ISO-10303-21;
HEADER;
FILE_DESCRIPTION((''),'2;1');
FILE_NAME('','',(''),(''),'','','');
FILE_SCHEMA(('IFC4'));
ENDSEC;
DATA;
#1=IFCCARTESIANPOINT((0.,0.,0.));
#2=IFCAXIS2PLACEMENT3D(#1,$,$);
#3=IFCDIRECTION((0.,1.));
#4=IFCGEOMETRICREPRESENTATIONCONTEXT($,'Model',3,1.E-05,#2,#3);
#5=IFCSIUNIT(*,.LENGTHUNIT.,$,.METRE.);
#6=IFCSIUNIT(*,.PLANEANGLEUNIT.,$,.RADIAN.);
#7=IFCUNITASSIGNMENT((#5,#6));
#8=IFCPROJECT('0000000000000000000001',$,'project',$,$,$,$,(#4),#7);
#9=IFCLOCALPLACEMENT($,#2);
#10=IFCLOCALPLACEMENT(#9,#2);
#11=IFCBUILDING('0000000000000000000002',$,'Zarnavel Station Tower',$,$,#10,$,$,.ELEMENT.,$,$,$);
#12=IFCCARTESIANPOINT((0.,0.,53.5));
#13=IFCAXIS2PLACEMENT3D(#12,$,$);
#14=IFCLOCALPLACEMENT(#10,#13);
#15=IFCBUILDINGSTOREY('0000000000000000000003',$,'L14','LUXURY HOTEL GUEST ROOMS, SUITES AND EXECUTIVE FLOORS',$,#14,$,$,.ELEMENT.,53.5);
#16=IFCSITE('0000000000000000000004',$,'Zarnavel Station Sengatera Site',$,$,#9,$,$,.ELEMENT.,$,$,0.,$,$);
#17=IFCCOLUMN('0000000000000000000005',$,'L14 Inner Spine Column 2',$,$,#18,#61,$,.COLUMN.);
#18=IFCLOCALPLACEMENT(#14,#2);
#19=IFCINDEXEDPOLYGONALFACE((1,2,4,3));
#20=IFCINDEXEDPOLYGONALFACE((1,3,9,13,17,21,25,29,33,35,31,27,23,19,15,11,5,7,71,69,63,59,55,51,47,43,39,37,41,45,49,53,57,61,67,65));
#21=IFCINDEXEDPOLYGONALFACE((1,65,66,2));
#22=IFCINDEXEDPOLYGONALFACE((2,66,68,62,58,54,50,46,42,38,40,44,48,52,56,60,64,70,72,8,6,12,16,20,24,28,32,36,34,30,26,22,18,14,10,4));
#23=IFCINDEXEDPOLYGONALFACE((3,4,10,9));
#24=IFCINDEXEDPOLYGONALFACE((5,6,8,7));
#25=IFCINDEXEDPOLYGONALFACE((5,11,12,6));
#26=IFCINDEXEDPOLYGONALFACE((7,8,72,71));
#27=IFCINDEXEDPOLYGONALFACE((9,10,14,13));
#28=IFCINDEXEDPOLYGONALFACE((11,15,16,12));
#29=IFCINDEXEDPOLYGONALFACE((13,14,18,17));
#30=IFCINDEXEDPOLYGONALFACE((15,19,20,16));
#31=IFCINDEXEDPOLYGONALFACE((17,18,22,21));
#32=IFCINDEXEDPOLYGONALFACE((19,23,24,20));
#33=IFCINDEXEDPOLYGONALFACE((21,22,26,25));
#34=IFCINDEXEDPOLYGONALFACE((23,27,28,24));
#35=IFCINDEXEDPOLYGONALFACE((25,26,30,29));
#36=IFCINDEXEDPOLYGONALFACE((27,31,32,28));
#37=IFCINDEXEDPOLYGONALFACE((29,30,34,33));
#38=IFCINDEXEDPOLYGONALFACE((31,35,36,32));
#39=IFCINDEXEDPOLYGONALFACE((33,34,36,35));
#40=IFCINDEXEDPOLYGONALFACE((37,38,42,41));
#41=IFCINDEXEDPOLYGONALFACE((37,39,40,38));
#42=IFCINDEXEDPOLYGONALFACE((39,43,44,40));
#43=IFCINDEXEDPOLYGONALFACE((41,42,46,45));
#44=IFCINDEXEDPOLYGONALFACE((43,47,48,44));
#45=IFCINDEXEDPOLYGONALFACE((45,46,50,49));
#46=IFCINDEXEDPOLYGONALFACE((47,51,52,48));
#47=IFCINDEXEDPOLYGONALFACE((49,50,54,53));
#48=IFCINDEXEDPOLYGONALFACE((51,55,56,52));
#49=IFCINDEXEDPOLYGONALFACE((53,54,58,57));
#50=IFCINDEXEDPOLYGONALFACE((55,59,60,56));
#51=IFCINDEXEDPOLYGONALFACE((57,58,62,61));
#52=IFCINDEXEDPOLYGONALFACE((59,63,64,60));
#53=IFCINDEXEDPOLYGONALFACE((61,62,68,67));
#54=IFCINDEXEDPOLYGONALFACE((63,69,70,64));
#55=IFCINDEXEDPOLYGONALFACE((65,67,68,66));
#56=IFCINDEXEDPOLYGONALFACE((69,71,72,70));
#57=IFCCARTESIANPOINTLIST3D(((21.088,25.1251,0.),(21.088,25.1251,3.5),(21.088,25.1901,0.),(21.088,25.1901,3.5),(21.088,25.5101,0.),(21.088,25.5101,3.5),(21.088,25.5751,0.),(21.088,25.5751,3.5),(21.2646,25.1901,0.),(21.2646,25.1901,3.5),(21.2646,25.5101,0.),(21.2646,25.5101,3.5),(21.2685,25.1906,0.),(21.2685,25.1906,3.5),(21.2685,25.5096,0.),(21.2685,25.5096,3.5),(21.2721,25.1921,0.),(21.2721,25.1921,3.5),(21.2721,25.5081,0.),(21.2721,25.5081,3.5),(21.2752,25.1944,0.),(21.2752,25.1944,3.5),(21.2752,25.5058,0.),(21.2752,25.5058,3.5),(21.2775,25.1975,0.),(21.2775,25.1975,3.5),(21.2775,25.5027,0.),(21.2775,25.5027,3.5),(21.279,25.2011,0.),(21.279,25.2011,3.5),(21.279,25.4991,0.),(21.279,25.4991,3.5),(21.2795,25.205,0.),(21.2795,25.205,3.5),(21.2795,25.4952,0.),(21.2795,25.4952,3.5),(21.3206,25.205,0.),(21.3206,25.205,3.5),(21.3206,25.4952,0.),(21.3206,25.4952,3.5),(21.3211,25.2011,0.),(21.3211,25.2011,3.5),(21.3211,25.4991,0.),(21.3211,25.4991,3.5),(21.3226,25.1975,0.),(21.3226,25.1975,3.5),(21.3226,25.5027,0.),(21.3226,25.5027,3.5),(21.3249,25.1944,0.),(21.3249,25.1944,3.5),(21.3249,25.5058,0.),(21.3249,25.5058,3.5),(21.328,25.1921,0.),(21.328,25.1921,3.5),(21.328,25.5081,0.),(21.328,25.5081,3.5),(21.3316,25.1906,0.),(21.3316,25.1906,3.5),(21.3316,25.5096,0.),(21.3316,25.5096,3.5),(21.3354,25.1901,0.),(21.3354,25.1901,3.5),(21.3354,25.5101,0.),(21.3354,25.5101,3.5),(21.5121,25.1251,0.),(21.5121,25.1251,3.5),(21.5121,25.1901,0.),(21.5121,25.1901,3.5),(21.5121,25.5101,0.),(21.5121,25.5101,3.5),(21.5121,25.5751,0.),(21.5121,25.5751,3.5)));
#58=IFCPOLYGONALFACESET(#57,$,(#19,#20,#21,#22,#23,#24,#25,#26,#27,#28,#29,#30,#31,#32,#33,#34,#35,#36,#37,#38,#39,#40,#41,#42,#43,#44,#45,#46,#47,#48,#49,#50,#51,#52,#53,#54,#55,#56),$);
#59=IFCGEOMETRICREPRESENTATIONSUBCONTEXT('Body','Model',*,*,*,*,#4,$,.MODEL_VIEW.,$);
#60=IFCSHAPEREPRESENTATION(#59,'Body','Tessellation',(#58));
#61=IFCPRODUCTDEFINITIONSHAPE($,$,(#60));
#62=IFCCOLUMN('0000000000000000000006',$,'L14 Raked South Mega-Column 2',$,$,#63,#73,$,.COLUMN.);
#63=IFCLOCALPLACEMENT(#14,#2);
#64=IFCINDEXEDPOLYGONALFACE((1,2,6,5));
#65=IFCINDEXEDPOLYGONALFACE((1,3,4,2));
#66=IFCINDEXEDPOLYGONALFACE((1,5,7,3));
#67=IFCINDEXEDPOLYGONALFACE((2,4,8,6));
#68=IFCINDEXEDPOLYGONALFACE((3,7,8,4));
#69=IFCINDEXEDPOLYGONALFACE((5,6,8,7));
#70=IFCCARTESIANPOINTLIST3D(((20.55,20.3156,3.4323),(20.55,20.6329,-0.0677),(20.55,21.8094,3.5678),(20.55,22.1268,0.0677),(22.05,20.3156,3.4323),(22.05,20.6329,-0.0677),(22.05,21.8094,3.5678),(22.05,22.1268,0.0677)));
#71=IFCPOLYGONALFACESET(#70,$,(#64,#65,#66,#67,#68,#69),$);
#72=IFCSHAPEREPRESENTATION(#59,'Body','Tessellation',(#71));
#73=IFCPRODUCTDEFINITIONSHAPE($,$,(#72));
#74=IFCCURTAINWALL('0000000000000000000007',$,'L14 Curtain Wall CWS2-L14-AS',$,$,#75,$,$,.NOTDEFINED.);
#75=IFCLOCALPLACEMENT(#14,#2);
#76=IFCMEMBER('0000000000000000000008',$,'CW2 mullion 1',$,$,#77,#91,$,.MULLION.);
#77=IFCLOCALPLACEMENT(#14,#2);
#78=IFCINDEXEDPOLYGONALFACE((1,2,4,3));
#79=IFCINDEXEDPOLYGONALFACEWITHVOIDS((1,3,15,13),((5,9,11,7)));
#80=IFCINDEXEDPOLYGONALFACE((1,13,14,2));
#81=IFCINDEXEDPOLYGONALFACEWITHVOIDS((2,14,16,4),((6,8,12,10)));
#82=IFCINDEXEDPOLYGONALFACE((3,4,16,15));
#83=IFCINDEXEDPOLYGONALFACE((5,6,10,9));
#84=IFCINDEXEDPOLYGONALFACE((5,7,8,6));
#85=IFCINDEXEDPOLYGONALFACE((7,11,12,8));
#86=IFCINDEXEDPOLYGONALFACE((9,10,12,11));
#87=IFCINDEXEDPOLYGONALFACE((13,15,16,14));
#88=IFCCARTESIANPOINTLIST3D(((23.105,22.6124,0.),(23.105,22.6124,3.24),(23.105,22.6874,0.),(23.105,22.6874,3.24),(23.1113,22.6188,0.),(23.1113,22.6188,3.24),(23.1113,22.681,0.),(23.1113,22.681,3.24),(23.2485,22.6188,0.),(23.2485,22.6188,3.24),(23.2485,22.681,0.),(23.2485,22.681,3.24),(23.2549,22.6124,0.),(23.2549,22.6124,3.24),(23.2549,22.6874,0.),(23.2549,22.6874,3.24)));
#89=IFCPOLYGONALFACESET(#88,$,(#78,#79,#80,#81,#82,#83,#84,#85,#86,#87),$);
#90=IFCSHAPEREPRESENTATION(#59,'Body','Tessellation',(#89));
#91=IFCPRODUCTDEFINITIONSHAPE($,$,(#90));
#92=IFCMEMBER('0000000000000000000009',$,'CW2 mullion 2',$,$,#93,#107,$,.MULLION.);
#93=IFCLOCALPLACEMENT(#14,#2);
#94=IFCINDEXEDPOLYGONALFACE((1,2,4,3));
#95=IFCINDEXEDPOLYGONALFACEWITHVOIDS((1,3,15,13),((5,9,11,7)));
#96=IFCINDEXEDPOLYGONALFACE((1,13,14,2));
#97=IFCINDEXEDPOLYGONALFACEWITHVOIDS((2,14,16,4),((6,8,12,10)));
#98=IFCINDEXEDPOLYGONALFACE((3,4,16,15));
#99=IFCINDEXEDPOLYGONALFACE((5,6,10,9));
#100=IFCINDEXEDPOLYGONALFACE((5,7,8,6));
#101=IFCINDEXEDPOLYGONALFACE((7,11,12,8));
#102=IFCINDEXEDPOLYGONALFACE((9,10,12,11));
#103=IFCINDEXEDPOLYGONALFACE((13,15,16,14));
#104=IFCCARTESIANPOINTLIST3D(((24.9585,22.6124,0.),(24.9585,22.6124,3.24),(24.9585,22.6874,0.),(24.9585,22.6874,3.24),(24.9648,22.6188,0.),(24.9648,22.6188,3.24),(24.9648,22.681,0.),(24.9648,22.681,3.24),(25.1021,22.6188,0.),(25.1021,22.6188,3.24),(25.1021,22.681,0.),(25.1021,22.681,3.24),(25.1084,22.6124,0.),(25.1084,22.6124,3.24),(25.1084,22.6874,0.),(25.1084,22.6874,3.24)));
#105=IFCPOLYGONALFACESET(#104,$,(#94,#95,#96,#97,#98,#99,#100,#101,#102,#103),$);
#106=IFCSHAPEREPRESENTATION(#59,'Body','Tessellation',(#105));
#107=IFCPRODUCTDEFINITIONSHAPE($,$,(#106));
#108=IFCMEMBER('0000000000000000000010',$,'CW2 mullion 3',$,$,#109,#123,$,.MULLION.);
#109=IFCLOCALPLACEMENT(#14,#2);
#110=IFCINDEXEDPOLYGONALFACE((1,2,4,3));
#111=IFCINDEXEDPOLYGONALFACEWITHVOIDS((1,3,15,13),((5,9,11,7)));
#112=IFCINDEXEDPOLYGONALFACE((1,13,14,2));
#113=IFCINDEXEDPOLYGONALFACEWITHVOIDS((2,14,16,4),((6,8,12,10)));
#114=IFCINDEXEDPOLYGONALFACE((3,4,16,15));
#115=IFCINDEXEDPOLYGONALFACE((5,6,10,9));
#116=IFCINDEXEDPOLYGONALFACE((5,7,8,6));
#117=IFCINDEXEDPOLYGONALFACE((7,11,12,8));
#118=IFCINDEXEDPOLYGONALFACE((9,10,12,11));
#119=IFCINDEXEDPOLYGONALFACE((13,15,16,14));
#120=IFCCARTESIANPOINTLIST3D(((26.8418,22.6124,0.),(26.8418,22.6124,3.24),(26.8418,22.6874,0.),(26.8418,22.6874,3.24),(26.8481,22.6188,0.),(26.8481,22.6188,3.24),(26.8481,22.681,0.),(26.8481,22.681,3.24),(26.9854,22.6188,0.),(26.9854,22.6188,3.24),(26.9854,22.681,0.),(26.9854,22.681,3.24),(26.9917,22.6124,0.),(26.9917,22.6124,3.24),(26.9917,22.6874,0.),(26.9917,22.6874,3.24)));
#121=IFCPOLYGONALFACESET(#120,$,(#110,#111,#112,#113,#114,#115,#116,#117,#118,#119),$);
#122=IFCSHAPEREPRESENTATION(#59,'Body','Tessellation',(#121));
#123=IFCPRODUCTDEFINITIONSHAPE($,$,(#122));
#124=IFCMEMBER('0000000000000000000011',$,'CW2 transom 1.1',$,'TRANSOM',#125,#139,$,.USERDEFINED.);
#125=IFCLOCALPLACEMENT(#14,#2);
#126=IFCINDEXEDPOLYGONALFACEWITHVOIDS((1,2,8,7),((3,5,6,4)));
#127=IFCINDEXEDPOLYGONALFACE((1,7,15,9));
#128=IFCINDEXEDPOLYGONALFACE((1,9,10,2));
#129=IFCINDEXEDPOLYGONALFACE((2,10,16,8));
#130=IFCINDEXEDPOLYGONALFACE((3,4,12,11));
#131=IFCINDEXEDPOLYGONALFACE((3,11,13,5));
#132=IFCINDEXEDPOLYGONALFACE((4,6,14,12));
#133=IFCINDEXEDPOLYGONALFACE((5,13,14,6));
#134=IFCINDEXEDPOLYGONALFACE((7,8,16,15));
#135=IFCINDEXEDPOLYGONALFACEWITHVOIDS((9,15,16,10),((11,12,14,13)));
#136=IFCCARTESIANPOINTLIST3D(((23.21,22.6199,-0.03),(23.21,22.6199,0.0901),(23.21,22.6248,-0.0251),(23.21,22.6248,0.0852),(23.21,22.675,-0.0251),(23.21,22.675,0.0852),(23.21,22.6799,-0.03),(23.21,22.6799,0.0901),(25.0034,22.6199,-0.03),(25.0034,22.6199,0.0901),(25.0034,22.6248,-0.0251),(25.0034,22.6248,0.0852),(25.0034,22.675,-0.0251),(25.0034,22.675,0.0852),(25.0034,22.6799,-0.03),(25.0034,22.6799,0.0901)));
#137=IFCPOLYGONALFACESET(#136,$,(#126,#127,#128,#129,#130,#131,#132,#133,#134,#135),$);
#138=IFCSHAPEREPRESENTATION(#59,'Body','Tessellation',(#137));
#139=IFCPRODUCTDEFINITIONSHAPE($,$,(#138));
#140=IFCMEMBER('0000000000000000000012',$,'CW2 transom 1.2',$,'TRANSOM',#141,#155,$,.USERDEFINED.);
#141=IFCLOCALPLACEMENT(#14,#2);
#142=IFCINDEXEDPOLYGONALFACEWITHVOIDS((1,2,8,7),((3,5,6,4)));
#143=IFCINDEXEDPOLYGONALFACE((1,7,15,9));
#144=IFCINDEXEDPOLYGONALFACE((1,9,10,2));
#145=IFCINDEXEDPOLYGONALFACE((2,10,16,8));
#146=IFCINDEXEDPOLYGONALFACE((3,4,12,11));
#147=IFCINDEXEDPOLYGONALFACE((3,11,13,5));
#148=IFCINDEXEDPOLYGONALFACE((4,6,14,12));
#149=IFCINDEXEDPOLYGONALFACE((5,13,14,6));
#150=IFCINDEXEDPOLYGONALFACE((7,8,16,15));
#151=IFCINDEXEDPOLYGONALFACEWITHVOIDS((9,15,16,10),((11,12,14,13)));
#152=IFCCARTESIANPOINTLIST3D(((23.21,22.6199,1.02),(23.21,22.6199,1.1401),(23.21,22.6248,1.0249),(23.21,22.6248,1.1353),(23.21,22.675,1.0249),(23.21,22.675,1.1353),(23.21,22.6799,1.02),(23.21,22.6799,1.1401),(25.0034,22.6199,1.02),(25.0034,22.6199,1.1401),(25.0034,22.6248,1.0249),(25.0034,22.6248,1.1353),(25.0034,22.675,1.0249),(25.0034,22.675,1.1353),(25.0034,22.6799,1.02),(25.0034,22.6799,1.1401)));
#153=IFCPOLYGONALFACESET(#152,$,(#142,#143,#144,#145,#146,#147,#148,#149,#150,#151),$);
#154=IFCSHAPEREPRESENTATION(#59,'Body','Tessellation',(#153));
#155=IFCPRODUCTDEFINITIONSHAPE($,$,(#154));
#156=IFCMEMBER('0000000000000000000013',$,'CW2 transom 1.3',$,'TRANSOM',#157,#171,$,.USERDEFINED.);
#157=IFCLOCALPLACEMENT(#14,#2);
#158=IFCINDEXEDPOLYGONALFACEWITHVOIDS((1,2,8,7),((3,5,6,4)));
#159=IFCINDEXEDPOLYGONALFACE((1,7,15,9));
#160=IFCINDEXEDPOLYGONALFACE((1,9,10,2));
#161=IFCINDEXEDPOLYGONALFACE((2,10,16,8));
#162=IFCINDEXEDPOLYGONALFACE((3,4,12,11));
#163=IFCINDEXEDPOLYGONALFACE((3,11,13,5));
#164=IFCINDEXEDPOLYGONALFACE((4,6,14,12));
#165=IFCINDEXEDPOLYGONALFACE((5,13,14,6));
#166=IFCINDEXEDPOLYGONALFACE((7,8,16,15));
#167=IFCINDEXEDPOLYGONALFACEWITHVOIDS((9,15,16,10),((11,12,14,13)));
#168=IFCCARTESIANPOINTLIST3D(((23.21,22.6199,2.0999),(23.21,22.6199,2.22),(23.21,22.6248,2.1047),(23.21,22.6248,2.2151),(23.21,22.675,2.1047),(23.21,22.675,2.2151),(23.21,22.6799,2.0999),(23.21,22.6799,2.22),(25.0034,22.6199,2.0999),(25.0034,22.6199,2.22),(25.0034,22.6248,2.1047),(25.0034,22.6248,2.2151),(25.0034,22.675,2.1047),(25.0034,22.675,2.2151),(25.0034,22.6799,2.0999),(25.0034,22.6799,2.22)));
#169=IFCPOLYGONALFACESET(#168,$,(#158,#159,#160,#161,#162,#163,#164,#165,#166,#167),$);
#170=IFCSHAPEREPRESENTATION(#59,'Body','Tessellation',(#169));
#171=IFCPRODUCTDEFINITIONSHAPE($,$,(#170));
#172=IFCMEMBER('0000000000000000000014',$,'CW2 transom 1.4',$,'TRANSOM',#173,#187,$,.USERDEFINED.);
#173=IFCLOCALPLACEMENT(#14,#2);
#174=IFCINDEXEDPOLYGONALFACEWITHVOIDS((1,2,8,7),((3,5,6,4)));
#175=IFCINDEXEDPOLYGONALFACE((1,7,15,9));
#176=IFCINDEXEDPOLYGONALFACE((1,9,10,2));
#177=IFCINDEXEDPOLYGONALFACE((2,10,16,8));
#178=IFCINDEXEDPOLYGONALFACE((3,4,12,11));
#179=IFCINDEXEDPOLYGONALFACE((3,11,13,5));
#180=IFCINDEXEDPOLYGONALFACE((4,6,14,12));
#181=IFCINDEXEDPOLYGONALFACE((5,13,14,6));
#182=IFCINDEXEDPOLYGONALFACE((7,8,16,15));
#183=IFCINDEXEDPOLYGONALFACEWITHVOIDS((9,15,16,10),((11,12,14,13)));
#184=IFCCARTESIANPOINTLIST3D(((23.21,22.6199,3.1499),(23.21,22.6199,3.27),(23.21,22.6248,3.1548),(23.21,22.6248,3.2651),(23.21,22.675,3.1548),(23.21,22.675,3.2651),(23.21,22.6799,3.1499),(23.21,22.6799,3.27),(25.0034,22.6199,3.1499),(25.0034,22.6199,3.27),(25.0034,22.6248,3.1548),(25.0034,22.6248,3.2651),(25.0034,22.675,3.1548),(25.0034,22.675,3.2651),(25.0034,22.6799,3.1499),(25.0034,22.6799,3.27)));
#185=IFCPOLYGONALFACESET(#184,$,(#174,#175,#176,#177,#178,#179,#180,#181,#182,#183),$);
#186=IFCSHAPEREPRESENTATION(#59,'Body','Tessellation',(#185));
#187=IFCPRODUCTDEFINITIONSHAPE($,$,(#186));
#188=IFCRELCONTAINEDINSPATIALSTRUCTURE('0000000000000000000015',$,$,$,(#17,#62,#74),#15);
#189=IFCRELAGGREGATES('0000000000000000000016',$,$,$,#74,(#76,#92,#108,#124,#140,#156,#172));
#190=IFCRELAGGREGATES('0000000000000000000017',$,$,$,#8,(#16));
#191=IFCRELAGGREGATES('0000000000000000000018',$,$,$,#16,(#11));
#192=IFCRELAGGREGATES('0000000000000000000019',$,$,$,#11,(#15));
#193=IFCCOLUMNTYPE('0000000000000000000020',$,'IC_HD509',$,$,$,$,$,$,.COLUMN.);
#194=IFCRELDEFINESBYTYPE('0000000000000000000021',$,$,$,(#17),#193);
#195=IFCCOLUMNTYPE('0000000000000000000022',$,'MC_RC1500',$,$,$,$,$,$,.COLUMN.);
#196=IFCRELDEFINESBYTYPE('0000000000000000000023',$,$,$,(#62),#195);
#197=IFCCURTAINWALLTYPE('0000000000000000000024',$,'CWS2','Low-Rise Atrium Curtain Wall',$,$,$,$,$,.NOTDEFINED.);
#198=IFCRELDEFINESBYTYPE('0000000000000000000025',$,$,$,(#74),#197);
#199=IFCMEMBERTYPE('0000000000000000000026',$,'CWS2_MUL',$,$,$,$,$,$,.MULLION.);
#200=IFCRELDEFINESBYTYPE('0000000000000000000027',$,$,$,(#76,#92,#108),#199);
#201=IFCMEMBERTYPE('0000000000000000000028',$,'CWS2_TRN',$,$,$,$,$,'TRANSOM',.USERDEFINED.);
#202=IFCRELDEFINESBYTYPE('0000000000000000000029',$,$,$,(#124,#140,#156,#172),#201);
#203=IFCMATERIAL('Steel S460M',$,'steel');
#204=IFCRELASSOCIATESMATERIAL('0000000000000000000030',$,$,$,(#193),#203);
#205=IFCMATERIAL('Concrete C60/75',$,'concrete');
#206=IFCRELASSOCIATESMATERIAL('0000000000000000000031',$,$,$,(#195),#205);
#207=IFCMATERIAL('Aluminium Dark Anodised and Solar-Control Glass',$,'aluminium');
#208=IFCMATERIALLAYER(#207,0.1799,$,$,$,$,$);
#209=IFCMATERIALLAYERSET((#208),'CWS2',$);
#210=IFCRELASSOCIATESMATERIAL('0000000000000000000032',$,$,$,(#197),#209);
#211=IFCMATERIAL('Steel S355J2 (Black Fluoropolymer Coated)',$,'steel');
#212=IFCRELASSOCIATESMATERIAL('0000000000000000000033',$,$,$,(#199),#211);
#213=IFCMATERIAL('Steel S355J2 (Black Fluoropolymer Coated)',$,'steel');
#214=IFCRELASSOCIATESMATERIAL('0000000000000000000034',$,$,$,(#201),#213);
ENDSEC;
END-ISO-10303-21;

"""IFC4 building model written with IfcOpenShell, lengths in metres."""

from ifc_helpers import new_model, si_unit, direction, frame, origin, origin_2d, place, context, subcontext, project, spatial, rectangle, hollow_rectangle, i_section, extrude, material, layer, layer_set, material_profile, profile_set, type_object, element, aggregate, save


model = new_model("IFC4")

# Units and contexts
model_context = context("Model", 3, precision=1e-05, world=origin(), true_north=direction((0.0, 1.0)))
body_context = subcontext(model_context, "Body", "Model", "MODEL_VIEW")
ifc_project = project(units=[si_unit("LENGTHUNIT", "METRE"), si_unit("PLANEANGLEUNIT", "RADIAN")], contexts=[model_context])

# Site, building, storey
site_placement = place(None, origin())
site = spatial("IfcSite", under=ifc_project, at=site_placement, Name="Zarnavel Station Sengatera Site", CompositionType="ELEMENT", RefElevation=0.0)
building_placement = place(site_placement, origin())
building = spatial("IfcBuilding", under=site, at=building_placement, Name="Zarnavel Station Tower", CompositionType="ELEMENT")
storey_placement = place(building_placement, frame((0.0, 0.0, 53.5)))
storey = spatial("IfcBuildingStorey", under=building, at=storey_placement, Name="L14", Description="LUXURY HOTEL GUEST ROOMS, SUITES AND EXECUTIVE FLOORS", CompositionType="ELEMENT", Elevation=53.5)

# Columns
ifc_material_1 = material(Name="Steel S460M", Category="steel")
ifc_material_profile_1 = material_profile(ifc_material_1, i_section(OverallWidth=0.4241, OverallDepth=0.45, WebThickness=0.041, FlangeThickness=0.0649, FilletRadius=0.0149, at=origin_2d()), Name="HD400x509")
ifc_profile_set_1 = profile_set([ifc_material_profile_1], Name="Steel S460M")
column_type_1 = type_object("IfcColumnType", Name="IC_HD509", PredefinedType="COLUMN", material=ifc_profile_set_1)
column_1_placement = place(storey_placement, frame((21.3, 25.3501, 0.0), z_axis=(0.0, 0.0, 1.0), x_axis=(1.0, 0.0, 0.0)))
element("IfcColumn", 1, at=column_1_placement, inside=storey, type_object=column_type_1, Name="L14 Inner Spine Column 2", PredefinedType="COLUMN", context=body_context, shape_type="SweptSolid", body=[
    extrude(i_section(OverallWidth=0.4241, OverallDepth=0.45, WebThickness=0.041, FlangeThickness=0.0649, FilletRadius=0.0149, at=origin_2d()), origin(), (0.0, 0.0, 1.0), 3.5),
])
ifc_material_2 = material(Name="Concrete C60/75", Category="concrete")
ifc_material_profile_2 = material_profile(ifc_material_2, rectangle(XDim=1.5, YDim=1.5, at=origin_2d()), Name="RC1500x1500")
ifc_profile_set_2 = profile_set([ifc_material_profile_2], Name="Concrete C60/75")
column_type_2 = type_object("IfcColumnType", Name="MC_RC1500", PredefinedType="COLUMN", material=ifc_profile_set_2)
column_2_placement = place(storey_placement, frame((21.3, 21.3799, 0.0), z_axis=(0.0, -0.09031, 0.995914), x_axis=(1.0, 0.0, 0.0)))
element("IfcColumn", 2, at=column_2_placement, inside=storey, type_object=column_type_2, Name="L14 Raked South Mega-Column 2", PredefinedType="COLUMN", context=body_context, shape_type="SweptSolid", body=[
    extrude(rectangle(XDim=1.5, YDim=1.5, at=origin_2d()), origin(), (0.0, 0.0, 1.0), 3.5144),
])

# Curtain wall, members
ifc_material_3 = material(Name="Aluminium Dark Anodised and Solar-Control Glass", Category="aluminium")
ifc_layer_1 = layer(ifc_material_3, 0.1799)
ifc_layer_set_1 = layer_set([ifc_layer_1], Name="CWS2")
curtain_wall_type = type_object("IfcCurtainWallType", Name="CWS2", Description="Low-Rise Atrium Curtain Wall", PredefinedType="NOTDEFINED", material=ifc_layer_set_1)
curtain_wall_placement = place(storey_placement, origin())
curtain_wall = element("IfcCurtainWall", 3, at=curtain_wall_placement, inside=storey, type_object=curtain_wall_type, Name="L14 Curtain Wall CWS2-L14-AS", PredefinedType="NOTDEFINED")
ifc_material_4 = material(Name="Steel S355J2 (Black Fluoropolymer Coated)", Category="steel")
ifc_material_profile_3 = material_profile(ifc_material_4, hollow_rectangle(XDim=0.075, YDim=0.1499, WallThickness=0.0063, at=origin_2d()), Name="RHS150x75x6.3")
ifc_profile_set_3 = profile_set([ifc_material_profile_3], Name="Steel S355J2 (Black Fluoropolymer Coated)")
member_type_1 = type_object("IfcMemberType", Name="CWS2_MUL", PredefinedType="MULLION", material=ifc_profile_set_3)
member_1_placement = place(storey_placement, frame((23.1799, 22.6499, 0.0), z_axis=(0.0, 0.0, 1.0), x_axis=(0.0, 1.0, 0.0)))
member_1 = element("IfcMember", 4, at=member_1_placement, type_object=member_type_1, Name="CW2 mullion 1", PredefinedType="MULLION", context=body_context, shape_type="SweptSolid", body=[
    extrude(hollow_rectangle(XDim=0.075, YDim=0.1499, WallThickness=0.0063, at=origin_2d()), origin(), (0.0, 0.0, 1.0), 3.24),
])
member_2_placement = place(storey_placement, frame((25.0334, 22.6499, 0.0), z_axis=(0.0, 0.0, 1.0), x_axis=(0.0, 1.0, 0.0)))
member_2 = element("IfcMember", 5, at=member_2_placement, type_object=member_type_1, Name="CW2 mullion 2", PredefinedType="MULLION", context=body_context, shape_type="SweptSolid", body=[
    extrude(hollow_rectangle(XDim=0.075, YDim=0.1499, WallThickness=0.0063, at=origin_2d()), origin(), (0.0, 0.0, 1.0), 3.24),
])
member_3_placement = place(storey_placement, frame((26.9167, 22.6499, 0.0), z_axis=(0.0, 0.0, 1.0), x_axis=(0.0, 1.0, 0.0)))
member_3 = element("IfcMember", 6, at=member_3_placement, type_object=member_type_1, Name="CW2 mullion 3", PredefinedType="MULLION", context=body_context, shape_type="SweptSolid", body=[
    extrude(hollow_rectangle(XDim=0.075, YDim=0.1499, WallThickness=0.0063, at=origin_2d()), origin(), (0.0, 0.0, 1.0), 3.24),
])
ifc_material_5 = material(Name="Steel S355J2 (Black Fluoropolymer Coated)", Category="steel")
ifc_material_profile_4 = material_profile(ifc_material_5, hollow_rectangle(XDim=0.0601, YDim=0.1201, WallThickness=0.0049, at=origin_2d()), Name="RHS120x60x5")
ifc_profile_set_4 = profile_set([ifc_material_profile_4], Name="Steel S355J2 (Black Fluoropolymer Coated)")
member_type_2 = type_object("IfcMemberType", Name="CWS2_TRN", ElementType="TRANSOM", PredefinedType="USERDEFINED", material=ifc_profile_set_4)
member_4_placement = place(storey_placement, frame((23.21, 22.6499, 0.03), z_axis=(1.0, 0.0, 0.0), x_axis=(0.0, 1.0, 0.0)))
member_4 = element("IfcMember", 7, at=member_4_placement, type_object=member_type_2, Name="CW2 transom 1.1", ObjectType="TRANSOM", PredefinedType="USERDEFINED", context=body_context, shape_type="SweptSolid", body=[
    extrude(hollow_rectangle(XDim=0.0601, YDim=0.1201, WallThickness=0.0049, at=origin_2d()), origin(), (0.0, 0.0, 1.0), 1.7935),
])
member_5_placement = place(storey_placement, frame((23.21, 22.6499, 1.0801), z_axis=(1.0, 0.0, 0.0), x_axis=(0.0, 1.0, 0.0)))
member_5 = element("IfcMember", 8, at=member_5_placement, type_object=member_type_2, Name="CW2 transom 1.2", ObjectType="TRANSOM", PredefinedType="USERDEFINED", context=body_context, shape_type="SweptSolid", body=[
    extrude(hollow_rectangle(XDim=0.0601, YDim=0.1201, WallThickness=0.0049, at=origin_2d()), origin(), (0.0, 0.0, 1.0), 1.7935),
])
member_6_placement = place(storey_placement, frame((23.21, 22.6499, 2.1599), z_axis=(1.0, 0.0, 0.0), x_axis=(0.0, 1.0, 0.0)))
member_6 = element("IfcMember", 9, at=member_6_placement, type_object=member_type_2, Name="CW2 transom 1.3", ObjectType="TRANSOM", PredefinedType="USERDEFINED", context=body_context, shape_type="SweptSolid", body=[
    extrude(hollow_rectangle(XDim=0.0601, YDim=0.1201, WallThickness=0.0049, at=origin_2d()), origin(), (0.0, 0.0, 1.0), 1.7935),
])
member_7_placement = place(storey_placement, frame((23.21, 22.6499, 3.21), z_axis=(1.0, 0.0, 0.0), x_axis=(0.0, 1.0, 0.0)))
member_7 = element("IfcMember", 10, at=member_7_placement, type_object=member_type_2, Name="CW2 transom 1.4", ObjectType="TRANSOM", PredefinedType="USERDEFINED", context=body_context, shape_type="SweptSolid", body=[
    extrude(hollow_rectangle(XDim=0.0601, YDim=0.1201, WallThickness=0.0049, at=origin_2d()), origin(), (0.0, 0.0, 1.0), 1.7935),
])

aggregate(curtain_wall, [member_1, member_2, member_3, member_4, member_5, member_6, member_7])

save(model, "model.ifc")
